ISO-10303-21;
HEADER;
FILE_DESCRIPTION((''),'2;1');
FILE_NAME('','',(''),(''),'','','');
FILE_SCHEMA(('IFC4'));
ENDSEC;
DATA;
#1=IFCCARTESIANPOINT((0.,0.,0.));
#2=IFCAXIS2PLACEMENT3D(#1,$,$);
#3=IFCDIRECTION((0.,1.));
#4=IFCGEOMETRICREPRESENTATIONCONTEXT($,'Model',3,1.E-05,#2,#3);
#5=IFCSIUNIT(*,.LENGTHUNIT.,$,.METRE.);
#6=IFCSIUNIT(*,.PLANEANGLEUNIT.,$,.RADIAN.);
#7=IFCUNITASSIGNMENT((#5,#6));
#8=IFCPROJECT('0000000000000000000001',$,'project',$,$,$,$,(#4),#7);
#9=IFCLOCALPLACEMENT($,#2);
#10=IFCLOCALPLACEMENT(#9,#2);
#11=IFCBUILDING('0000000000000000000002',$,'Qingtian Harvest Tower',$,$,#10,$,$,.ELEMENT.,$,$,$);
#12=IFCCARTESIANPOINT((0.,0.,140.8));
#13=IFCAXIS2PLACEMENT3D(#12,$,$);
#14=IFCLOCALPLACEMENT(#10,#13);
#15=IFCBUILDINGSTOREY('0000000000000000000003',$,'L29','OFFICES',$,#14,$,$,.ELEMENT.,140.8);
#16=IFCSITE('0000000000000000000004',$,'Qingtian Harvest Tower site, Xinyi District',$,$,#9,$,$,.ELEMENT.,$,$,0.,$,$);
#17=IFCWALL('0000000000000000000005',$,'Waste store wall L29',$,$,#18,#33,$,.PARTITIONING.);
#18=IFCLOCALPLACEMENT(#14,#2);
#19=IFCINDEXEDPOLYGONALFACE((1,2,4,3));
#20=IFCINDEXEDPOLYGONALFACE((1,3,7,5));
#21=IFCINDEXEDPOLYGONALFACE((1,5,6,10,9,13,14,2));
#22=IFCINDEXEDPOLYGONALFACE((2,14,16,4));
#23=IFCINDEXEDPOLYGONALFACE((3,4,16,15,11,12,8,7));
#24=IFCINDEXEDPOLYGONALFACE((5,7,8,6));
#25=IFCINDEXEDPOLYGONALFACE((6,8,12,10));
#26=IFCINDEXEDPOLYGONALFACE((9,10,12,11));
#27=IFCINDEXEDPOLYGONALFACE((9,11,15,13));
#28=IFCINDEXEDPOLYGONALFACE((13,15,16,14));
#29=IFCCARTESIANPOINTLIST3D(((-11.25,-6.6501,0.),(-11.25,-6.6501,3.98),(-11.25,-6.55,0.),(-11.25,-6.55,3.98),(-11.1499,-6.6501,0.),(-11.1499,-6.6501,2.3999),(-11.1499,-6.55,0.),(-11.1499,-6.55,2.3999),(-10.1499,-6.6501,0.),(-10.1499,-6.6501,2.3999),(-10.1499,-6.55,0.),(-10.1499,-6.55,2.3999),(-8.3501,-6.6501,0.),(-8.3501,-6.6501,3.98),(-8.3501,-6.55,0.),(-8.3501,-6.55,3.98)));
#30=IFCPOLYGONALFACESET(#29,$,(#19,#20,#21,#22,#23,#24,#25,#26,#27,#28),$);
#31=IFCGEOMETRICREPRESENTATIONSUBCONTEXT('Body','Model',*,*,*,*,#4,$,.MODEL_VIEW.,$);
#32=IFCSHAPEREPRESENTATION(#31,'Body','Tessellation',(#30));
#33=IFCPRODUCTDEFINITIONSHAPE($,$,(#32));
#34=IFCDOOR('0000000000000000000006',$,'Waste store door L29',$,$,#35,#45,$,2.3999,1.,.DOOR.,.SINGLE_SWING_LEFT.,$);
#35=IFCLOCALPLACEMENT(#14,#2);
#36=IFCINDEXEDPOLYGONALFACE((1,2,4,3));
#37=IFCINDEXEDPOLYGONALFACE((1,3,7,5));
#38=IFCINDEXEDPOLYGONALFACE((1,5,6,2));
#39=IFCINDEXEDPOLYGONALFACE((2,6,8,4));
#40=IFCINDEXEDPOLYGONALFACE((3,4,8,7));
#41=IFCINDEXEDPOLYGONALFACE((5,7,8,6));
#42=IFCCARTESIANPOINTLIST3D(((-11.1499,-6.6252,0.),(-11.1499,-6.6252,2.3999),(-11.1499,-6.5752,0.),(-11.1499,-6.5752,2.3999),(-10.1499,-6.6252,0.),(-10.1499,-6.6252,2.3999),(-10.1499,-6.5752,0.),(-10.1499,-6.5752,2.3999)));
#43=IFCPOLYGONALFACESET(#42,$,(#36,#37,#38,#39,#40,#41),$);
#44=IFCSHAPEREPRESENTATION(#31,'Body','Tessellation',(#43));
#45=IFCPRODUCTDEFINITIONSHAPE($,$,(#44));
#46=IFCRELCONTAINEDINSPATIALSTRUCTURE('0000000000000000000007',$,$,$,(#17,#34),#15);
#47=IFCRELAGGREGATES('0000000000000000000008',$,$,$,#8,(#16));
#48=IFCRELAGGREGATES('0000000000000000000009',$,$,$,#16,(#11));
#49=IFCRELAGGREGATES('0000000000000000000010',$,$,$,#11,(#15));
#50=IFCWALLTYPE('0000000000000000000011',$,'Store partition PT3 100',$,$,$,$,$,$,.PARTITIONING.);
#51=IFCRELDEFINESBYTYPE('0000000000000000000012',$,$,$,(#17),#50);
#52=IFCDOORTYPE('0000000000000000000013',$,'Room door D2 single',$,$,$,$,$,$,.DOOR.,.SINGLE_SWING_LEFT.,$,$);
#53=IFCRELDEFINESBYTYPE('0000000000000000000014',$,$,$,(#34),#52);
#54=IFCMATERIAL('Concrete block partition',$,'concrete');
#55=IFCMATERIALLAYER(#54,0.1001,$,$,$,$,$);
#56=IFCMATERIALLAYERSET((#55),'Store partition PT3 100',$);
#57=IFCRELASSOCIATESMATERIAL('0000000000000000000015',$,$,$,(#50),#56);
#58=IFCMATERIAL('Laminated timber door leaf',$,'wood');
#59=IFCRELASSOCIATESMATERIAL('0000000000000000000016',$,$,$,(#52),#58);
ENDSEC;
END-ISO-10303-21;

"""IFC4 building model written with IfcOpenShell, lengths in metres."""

from ifc_helpers import new_model, si_unit, direction, frame, frame_2d, origin, place, context, subcontext, project, spatial, rectangle, extrude, material, layer, layer_set, type_object, element, fill, save


model = new_model("IFC4")

# Units and contexts
model_context = context("Model", 3, precision=1e-05, world=origin(), true_north=direction((0.0, 1.0)))
body_context = subcontext(model_context, "Body", "Model", "MODEL_VIEW")
ifc_project = project(units=[si_unit("LENGTHUNIT", "METRE"), si_unit("PLANEANGLEUNIT", "RADIAN")], contexts=[model_context])

# Site, building, storey
site_placement = place(None, origin())
site = spatial("IfcSite", under=ifc_project, at=site_placement, Name="Qingtian Harvest Tower site, Xinyi District", CompositionType="ELEMENT", RefElevation=0.0)
building_placement = place(site_placement, origin())
building = spatial("IfcBuilding", under=site, at=building_placement, Name="Qingtian Harvest Tower", CompositionType="ELEMENT")
storey_placement = place(building_placement, frame((0.0, 0.0, 140.8)))
storey = spatial("IfcBuildingStorey", under=building, at=storey_placement, Name="L29", Description="OFFICES", CompositionType="ELEMENT", Elevation=140.8)

# Wall, opening, door
ifc_material_1 = material(Name="Concrete block partition", Category="concrete")
ifc_layer_1 = layer(ifc_material_1, 0.1001)
ifc_layer_set_1 = layer_set([ifc_layer_1], Name="Store partition PT3 100")
wall_type_1 = type_object("IfcWallType", Name="Store partition PT3 100", PredefinedType="PARTITIONING", material=ifc_layer_set_1)
wall_1_placement = place(storey_placement, frame((-11.25, -6.6001, 0.0), z_axis=(0.0, 0.0, 1.0), x_axis=(1.0, 0.0, 0.0)))
wall_1 = element("IfcWall", 1, at=wall_1_placement, inside=storey, type_object=wall_type_1, Name="Waste store wall L29", PredefinedType="PARTITIONING", context=body_context, shape_type="SweptSolid", body=[
    extrude(rectangle(XDim=2.8999, YDim=0.1001, at=frame_2d((1.45, 0.0))), origin(), (0.0, 0.0, 1.0), 3.98),
])
opening_1_placement = place(wall_1_placement, frame((0.1001, 0.0, 0.0)))
opening_1 = element("IfcOpeningElement", 2, at=opening_1_placement, cuts=wall_1, PredefinedType="OPENING", context=body_context, shape_type="SweptSolid", body=[
    extrude(rectangle(XDim=1.0, YDim=2.3999, at=frame_2d((0.5, 1.2))), frame((0.0, 0.0601, 0.0), z_axis=(0.0, -1.0, 0.0), x_axis=(1.0, 0.0, 0.0)), (0.0, 0.0, 1.0), 0.1201),
])
ifc_material_2 = material(Name="Laminated timber door leaf", Category="wood")
door_type_1 = type_object("IfcDoorType", Name="Room door D2 single", OperationType="SINGLE_SWING_LEFT", PredefinedType="DOOR", material=ifc_material_2)
door_1_placement = place(opening_1_placement, origin())
door_1 = element("IfcDoor", 3, at=door_1_placement, inside=storey, type_object=door_type_1, Name="Waste store door L29", OperationType="SINGLE_SWING_LEFT", OverallHeight=2.3999, OverallWidth=1.0, PredefinedType="DOOR", context=body_context, shape_type="SweptSolid", body=[
    extrude(rectangle(XDim=1.0, YDim=2.3999, at=frame_2d((0.5, 1.2))), frame((0.0, 0.0249, 0.0), z_axis=(0.0, -1.0, 0.0), x_axis=(1.0, 0.0, 0.0)), (0.0, 0.0, 1.0), 0.05),
])
fill(opening_1, door_1)

save(model, "model.ifc")
